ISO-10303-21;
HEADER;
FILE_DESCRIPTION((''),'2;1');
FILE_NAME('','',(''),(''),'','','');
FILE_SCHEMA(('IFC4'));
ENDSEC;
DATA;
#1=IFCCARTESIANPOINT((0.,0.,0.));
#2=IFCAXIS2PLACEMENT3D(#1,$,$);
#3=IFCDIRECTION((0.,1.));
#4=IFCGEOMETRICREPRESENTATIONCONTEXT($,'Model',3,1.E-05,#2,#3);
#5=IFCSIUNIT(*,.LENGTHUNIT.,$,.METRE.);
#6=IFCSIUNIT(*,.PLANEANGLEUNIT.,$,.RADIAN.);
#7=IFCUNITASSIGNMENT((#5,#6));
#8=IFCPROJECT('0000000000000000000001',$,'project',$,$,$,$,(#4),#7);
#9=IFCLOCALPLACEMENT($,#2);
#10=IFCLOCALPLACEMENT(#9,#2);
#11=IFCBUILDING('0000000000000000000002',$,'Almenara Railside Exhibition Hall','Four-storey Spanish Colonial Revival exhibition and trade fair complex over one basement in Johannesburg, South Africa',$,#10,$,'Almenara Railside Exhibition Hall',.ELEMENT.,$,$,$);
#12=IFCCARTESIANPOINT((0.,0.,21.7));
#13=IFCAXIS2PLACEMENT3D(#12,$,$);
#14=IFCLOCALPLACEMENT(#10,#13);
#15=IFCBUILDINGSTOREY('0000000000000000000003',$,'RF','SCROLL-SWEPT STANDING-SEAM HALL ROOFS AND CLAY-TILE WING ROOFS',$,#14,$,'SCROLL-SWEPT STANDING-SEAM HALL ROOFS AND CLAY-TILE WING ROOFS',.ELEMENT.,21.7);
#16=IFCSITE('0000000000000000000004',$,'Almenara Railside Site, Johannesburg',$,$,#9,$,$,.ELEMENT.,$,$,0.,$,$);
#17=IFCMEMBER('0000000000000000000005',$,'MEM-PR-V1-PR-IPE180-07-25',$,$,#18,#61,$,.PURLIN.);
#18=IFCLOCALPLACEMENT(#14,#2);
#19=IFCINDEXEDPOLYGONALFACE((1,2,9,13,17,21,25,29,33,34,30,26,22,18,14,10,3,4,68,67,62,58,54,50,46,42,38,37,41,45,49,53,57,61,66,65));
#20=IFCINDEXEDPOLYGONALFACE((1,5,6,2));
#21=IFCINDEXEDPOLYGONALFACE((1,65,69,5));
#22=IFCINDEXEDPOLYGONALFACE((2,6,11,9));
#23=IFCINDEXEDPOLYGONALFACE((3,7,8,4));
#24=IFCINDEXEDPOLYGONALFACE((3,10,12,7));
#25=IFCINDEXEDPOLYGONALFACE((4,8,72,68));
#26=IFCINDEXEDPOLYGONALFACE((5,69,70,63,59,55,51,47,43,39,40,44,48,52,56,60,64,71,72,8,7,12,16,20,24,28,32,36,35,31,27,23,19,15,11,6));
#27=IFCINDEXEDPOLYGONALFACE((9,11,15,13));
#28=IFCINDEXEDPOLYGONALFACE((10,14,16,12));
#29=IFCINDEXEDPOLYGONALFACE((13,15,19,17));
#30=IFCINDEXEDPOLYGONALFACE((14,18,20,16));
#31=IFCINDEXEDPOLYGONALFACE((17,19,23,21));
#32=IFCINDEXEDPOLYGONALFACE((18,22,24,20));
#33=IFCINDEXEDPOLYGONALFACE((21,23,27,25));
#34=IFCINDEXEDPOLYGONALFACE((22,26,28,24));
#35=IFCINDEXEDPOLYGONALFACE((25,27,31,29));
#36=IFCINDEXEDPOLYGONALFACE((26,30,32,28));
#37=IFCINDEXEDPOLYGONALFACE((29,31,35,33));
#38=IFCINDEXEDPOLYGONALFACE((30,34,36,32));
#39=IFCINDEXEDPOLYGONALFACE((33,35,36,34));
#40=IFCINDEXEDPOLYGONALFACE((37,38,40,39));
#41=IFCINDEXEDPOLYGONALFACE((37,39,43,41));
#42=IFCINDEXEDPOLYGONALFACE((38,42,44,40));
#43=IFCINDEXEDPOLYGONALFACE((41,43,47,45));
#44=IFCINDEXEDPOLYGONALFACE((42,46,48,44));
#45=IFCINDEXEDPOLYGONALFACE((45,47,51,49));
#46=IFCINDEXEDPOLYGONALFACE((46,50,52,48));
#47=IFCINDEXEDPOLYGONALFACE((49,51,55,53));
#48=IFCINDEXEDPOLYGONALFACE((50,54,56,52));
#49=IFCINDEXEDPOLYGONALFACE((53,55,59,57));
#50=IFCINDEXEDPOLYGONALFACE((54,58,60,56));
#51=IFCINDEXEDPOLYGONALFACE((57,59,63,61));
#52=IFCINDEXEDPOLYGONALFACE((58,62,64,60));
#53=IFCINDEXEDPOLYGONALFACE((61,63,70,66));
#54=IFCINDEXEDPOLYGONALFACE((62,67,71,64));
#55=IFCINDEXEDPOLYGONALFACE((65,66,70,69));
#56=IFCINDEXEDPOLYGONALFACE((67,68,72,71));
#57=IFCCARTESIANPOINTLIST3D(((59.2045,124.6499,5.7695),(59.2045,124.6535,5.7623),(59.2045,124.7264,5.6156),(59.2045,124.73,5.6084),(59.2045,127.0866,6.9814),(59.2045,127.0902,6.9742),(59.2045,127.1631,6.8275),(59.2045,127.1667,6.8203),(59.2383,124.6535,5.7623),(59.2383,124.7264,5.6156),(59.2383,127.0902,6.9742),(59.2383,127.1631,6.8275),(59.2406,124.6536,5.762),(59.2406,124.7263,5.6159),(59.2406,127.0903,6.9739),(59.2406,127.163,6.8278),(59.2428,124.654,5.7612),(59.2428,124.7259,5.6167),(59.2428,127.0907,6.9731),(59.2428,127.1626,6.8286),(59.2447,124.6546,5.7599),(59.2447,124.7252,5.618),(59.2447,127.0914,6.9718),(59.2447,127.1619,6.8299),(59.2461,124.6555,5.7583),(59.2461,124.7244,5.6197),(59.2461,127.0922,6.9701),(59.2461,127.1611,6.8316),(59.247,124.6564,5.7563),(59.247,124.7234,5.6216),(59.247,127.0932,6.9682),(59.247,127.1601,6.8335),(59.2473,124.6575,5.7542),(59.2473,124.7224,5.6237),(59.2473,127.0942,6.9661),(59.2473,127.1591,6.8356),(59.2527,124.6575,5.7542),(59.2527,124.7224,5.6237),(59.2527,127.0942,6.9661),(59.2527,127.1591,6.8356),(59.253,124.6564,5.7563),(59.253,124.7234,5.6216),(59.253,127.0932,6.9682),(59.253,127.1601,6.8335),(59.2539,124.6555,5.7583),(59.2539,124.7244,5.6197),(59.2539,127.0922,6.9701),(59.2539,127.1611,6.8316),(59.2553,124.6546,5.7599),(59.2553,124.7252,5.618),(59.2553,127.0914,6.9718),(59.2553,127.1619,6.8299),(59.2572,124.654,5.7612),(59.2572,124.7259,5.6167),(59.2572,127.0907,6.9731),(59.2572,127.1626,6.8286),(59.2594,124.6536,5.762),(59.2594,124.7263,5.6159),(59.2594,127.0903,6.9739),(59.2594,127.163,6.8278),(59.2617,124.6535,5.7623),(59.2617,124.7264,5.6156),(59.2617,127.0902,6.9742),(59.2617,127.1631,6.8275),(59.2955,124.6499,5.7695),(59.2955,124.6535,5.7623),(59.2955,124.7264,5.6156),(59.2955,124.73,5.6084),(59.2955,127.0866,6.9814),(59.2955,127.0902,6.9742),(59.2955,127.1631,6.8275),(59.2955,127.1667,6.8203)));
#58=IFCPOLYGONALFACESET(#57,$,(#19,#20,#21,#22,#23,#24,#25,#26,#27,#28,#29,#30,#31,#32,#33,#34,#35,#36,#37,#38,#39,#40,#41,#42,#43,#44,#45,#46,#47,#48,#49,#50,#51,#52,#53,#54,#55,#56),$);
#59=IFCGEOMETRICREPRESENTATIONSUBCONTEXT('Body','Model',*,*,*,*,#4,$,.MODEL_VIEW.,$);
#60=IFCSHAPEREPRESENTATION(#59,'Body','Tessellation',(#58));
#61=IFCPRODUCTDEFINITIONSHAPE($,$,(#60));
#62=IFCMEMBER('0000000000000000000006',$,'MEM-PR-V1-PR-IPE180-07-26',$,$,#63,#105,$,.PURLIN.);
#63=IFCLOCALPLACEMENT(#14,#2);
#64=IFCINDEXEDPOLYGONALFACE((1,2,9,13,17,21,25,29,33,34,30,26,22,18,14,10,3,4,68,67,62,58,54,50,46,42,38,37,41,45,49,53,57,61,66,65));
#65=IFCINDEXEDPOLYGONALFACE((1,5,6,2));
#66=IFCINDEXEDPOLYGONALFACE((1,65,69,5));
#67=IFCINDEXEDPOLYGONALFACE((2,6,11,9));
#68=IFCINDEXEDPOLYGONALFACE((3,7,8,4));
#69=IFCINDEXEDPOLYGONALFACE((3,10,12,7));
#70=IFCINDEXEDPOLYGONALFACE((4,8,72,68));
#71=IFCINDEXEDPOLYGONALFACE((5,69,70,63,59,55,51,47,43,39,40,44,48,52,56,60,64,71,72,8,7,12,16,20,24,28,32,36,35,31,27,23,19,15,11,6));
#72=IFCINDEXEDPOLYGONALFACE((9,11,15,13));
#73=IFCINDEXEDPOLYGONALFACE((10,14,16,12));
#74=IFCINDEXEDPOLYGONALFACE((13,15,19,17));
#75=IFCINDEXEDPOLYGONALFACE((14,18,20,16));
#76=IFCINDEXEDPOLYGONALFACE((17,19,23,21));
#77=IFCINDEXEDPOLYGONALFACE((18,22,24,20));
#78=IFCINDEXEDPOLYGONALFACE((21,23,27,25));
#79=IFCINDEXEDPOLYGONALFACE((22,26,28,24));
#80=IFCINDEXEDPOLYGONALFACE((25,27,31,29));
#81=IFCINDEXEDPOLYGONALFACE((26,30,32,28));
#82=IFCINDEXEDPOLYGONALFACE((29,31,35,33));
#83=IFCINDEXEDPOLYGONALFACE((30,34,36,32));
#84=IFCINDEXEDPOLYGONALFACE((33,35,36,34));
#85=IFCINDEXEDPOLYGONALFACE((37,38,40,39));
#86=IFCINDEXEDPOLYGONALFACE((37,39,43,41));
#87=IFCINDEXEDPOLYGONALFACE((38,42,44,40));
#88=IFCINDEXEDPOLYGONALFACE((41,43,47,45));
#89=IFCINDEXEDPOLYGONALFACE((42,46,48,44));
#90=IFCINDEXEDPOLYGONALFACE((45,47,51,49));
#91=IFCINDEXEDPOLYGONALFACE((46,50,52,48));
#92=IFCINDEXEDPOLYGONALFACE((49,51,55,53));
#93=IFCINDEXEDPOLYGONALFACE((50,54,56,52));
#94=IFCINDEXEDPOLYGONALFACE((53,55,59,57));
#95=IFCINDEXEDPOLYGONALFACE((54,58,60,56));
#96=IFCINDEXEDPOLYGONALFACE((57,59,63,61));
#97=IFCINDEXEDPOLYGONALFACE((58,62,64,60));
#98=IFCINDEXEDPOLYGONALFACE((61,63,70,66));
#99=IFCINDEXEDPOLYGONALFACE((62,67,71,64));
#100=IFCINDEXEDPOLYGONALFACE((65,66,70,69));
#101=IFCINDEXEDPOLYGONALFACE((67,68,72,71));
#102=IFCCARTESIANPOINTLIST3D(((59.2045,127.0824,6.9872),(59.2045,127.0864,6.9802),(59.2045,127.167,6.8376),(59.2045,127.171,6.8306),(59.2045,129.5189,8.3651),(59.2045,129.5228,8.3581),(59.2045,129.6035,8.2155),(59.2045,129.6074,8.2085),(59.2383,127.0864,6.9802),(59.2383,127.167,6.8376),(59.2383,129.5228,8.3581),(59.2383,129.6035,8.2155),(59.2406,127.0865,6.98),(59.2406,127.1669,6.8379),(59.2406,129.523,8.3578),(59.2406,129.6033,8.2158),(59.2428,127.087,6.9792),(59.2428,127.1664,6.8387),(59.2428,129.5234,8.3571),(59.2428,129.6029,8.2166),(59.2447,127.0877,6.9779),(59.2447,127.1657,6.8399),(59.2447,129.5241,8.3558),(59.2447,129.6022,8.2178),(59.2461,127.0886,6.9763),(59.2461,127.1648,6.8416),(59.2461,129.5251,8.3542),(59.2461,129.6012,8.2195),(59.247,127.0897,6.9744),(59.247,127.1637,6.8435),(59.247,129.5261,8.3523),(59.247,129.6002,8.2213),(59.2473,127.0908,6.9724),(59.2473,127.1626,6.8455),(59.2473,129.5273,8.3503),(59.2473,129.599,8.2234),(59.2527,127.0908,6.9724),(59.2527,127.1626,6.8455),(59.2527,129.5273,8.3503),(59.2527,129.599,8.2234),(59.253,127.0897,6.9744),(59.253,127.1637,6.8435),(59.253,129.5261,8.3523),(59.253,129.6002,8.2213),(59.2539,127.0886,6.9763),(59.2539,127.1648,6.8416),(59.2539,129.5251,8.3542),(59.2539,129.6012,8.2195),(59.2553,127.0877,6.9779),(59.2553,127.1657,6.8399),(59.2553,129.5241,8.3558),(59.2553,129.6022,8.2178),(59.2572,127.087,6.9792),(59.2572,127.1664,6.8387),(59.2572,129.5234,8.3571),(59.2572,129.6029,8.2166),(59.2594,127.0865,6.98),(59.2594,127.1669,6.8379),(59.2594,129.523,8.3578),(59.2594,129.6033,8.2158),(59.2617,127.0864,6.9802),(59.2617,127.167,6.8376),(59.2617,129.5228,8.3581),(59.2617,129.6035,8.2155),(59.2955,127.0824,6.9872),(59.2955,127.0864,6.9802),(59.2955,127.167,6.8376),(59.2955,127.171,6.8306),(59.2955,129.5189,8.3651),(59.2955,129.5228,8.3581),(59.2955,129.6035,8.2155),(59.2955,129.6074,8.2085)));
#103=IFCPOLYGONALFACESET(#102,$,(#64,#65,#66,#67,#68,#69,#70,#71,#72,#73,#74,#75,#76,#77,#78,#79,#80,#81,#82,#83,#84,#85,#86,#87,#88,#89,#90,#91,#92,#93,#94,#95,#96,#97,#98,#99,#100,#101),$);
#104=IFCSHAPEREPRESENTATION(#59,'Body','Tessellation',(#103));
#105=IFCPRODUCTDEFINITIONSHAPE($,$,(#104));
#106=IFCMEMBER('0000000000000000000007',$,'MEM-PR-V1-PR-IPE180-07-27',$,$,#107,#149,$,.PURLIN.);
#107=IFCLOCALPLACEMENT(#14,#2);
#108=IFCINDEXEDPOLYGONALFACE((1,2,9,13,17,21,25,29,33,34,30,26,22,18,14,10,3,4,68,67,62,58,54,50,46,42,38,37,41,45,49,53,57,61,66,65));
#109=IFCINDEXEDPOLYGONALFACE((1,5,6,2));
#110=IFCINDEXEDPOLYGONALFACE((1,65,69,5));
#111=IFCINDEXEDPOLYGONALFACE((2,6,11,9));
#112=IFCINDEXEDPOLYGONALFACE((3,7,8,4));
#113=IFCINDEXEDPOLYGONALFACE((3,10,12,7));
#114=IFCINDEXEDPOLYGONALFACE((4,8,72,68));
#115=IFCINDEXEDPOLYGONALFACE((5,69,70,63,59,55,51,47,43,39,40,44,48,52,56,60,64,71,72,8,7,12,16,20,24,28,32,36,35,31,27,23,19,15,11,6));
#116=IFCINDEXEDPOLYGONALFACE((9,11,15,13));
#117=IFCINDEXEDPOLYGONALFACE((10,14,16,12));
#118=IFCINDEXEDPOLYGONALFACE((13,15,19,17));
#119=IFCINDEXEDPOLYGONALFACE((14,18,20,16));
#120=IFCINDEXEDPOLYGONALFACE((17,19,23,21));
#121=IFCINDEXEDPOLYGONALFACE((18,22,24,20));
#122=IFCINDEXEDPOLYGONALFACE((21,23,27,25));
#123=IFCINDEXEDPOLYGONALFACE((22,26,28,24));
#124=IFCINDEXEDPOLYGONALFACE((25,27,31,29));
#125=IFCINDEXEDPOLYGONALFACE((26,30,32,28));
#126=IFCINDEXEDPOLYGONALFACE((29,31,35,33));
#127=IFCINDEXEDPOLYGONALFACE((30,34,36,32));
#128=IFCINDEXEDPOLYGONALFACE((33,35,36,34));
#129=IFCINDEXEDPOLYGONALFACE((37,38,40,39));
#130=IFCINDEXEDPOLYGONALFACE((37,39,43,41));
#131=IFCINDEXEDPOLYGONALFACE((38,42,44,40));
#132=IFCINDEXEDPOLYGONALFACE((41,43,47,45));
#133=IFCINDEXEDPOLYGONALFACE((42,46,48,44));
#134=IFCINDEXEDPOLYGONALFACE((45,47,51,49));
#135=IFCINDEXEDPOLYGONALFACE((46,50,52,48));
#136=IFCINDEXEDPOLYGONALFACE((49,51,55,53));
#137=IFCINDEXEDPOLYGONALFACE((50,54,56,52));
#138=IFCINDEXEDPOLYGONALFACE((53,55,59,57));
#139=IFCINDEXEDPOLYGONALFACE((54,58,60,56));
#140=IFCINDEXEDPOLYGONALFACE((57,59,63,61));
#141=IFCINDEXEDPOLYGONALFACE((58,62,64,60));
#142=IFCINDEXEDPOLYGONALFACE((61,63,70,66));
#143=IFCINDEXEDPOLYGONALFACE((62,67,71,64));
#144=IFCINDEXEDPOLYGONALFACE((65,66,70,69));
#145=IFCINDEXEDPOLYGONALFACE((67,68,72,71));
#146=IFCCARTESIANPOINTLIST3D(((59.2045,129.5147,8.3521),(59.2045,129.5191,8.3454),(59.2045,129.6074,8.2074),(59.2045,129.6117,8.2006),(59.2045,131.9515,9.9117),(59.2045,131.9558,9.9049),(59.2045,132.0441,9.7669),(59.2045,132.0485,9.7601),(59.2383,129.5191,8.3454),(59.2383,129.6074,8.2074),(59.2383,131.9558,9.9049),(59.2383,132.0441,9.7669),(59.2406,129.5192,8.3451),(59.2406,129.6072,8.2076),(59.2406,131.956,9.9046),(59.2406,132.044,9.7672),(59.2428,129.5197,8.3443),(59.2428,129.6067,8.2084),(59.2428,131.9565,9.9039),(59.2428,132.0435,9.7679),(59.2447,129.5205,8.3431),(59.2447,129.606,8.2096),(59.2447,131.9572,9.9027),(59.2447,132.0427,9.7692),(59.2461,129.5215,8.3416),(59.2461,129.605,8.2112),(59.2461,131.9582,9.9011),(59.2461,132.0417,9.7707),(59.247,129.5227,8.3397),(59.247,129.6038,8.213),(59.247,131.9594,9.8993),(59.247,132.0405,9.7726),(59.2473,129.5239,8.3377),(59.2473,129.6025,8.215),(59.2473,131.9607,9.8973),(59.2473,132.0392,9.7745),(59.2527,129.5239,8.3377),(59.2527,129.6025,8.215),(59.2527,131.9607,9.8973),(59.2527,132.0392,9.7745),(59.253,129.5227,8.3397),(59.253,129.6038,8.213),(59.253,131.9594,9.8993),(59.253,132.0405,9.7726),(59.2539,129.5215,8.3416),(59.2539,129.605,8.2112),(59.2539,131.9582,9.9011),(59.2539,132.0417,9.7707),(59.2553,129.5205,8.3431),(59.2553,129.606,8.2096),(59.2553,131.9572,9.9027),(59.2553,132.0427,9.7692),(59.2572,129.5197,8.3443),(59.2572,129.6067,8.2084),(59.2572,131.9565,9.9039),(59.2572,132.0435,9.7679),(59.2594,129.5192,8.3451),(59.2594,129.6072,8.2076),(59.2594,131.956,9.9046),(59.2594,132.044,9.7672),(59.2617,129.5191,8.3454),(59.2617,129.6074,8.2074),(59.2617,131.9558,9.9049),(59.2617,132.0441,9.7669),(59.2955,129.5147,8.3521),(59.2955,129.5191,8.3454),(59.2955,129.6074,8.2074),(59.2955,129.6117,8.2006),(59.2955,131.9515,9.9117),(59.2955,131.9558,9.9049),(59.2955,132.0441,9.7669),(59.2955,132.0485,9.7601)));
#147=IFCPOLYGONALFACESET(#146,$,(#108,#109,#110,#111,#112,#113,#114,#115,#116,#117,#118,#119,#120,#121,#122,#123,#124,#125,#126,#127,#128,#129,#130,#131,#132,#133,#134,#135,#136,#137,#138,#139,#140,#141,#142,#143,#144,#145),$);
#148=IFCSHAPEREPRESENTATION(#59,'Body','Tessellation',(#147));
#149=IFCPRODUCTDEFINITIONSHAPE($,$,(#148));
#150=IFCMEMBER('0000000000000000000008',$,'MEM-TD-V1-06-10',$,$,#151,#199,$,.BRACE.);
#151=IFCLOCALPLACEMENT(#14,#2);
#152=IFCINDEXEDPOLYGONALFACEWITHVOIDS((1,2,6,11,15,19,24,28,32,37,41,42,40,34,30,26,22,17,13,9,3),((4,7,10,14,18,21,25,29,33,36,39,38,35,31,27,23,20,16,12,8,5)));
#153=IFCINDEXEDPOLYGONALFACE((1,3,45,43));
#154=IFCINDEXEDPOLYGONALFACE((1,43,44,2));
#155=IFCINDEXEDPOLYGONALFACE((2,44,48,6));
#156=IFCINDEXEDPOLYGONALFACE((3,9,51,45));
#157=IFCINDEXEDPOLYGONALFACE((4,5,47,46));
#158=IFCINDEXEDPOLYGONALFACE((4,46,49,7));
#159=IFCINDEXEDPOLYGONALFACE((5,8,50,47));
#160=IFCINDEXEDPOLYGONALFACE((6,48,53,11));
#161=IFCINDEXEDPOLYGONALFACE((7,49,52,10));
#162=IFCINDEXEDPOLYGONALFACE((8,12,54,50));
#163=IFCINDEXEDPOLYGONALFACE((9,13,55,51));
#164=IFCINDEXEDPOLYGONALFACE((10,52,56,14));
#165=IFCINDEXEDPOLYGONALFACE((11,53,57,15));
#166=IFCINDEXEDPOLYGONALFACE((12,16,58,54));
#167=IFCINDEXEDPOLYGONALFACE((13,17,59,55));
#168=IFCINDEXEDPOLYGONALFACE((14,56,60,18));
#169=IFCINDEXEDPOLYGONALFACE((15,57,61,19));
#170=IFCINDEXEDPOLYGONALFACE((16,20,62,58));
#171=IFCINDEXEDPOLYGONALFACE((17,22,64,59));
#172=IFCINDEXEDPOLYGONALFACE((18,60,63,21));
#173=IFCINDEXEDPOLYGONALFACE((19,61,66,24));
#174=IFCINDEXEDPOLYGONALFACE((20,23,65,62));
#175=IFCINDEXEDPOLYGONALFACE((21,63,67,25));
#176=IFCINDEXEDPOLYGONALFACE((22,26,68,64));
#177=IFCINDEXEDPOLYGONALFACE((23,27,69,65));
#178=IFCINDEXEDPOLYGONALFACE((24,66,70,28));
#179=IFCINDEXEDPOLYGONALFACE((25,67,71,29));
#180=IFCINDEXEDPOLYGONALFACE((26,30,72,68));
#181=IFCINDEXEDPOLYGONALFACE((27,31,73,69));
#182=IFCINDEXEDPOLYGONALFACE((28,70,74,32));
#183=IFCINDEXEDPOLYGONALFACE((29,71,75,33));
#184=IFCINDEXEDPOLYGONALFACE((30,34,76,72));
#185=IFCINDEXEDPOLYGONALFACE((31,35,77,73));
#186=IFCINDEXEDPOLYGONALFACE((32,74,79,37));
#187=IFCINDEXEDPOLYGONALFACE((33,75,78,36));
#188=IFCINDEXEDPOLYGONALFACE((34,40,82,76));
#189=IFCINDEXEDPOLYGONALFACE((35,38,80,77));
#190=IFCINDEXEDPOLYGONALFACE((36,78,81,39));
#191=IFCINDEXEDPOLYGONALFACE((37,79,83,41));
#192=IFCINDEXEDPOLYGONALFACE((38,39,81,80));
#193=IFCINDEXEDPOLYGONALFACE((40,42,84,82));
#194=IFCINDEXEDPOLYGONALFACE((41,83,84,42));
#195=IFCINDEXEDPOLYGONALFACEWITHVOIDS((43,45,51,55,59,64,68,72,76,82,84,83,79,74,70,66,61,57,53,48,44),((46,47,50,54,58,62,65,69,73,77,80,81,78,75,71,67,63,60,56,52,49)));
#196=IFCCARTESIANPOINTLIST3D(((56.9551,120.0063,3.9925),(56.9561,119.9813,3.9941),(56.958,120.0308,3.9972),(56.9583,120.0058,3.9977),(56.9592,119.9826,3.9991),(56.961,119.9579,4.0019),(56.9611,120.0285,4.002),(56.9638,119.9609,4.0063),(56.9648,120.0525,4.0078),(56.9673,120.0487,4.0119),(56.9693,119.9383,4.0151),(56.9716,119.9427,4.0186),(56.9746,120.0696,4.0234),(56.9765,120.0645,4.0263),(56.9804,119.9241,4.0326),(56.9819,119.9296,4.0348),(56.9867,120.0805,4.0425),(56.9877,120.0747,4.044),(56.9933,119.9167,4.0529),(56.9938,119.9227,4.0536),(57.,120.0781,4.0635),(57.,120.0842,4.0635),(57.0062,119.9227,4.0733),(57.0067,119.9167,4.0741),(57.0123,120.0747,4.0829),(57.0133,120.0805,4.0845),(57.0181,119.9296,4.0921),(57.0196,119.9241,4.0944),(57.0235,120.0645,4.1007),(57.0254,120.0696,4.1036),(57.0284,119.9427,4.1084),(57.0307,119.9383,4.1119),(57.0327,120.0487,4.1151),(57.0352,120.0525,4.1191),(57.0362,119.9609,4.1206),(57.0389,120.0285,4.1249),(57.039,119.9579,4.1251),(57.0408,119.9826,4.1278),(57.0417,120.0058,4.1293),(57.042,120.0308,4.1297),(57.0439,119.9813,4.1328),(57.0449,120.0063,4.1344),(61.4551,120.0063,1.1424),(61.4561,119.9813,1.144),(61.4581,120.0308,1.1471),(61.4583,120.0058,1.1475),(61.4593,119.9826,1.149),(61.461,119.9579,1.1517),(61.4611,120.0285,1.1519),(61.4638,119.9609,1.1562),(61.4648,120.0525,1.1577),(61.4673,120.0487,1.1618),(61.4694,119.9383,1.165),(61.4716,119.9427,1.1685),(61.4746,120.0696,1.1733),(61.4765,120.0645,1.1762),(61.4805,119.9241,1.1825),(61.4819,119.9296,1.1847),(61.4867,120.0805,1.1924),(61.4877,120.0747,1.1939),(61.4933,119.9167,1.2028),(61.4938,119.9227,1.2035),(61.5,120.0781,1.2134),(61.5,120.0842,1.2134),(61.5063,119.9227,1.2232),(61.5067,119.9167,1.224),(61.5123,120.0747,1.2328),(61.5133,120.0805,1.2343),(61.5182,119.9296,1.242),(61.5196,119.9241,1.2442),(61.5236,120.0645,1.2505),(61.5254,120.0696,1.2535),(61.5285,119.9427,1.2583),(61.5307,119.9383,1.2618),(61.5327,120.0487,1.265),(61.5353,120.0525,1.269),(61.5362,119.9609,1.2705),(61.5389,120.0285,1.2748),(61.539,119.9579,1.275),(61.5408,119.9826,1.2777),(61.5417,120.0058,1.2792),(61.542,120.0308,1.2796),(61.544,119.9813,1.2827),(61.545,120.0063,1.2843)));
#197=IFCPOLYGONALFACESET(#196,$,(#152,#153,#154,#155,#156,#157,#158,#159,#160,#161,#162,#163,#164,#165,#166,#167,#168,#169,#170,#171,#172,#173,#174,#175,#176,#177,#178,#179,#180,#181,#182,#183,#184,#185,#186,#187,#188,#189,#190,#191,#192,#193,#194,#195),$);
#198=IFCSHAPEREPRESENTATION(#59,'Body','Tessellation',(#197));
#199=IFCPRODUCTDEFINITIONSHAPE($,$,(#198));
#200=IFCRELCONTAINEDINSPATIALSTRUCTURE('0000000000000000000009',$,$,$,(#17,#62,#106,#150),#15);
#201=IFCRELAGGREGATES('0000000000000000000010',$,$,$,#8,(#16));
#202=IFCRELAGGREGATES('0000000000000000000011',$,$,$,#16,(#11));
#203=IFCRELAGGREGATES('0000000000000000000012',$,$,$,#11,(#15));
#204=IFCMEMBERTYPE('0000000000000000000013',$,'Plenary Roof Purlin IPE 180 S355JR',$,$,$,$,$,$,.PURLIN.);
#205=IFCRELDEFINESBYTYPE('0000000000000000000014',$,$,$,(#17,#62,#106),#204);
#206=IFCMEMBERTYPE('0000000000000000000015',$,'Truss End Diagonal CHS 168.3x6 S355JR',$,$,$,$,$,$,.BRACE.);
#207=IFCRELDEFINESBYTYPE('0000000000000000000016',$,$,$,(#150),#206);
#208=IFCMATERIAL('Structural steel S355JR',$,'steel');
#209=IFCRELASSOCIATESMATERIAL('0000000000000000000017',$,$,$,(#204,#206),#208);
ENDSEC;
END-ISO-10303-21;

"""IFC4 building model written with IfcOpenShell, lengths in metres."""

from ifc_helpers import new_model, si_unit, direction, frame, origin, origin_2d, place, context, subcontext, project, spatial, hollow_circle, i_section, extrude, material, material_profile, profile_set, type_object, element, save


model = new_model("IFC4")

# Units and contexts
model_context = context("Model", 3, precision=1e-05, world=origin(), true_north=direction((0.0, 1.0)))
body_context = subcontext(model_context, "Body", "Model", "MODEL_VIEW")
ifc_project = project(units=[si_unit("LENGTHUNIT", "METRE"), si_unit("PLANEANGLEUNIT", "RADIAN")], contexts=[model_context])

# Site, building, storey
site_placement = place(None, origin())
site = spatial("IfcSite", under=ifc_project, at=site_placement, Name="Almenara Railside Site, Johannesburg", CompositionType="ELEMENT", RefElevation=0.0)
building_placement = place(site_placement, origin())
building = spatial("IfcBuilding", under=site, at=building_placement, Name="Almenara Railside Exhibition Hall", Description="Four-storey Spanish Colonial Revival exhibition and trade fair complex over one basement in Johannesburg, South Africa", LongName="Almenara Railside Exhibition Hall", CompositionType="ELEMENT")
storey_placement = place(building_placement, frame((0.0, 0.0, 21.7)))
storey = spatial("IfcBuildingStorey", under=building, at=storey_placement, Name="RF", Description="SCROLL-SWEPT STANDING-SEAM HALL ROOFS AND CLAY-TILE WING ROOFS", LongName="SCROLL-SWEPT STANDING-SEAM HALL ROOFS AND CLAY-TILE WING ROOFS", CompositionType="ELEMENT", Elevation=21.7)

# Shared definitions
ifc_material_1 = material(Name="Structural steel S355JR", Category="steel")

# Members
ifc_material_profile_1 = material_profile(ifc_material_1, i_section(OverallWidth=0.0911, OverallDepth=0.1799, WebThickness=0.0054, FlangeThickness=0.0081, FilletRadius=0.009, at=origin_2d()), Name="IPE 180")
ifc_profile_set_1 = profile_set([ifc_material_profile_1], Name="Structural steel S355JR")
member_type_1 = type_object("IfcMemberType", Name="Plenary Roof Purlin IPE 180 S355JR", PredefinedType="PURLIN", material=ifc_profile_set_1)
member_1_placement = place(storey_placement, frame((59.25, 124.6899, 5.689), z_axis=(0.0, 0.895376, 0.445311), x_axis=(-1.0, 0.0, 0.0)))
element("IfcMember", 1, at=member_1_placement, inside=storey, type_object=member_type_1, Name="MEM-PR-V1-PR-IPE180-07-25", PredefinedType="PURLIN", context=body_context, shape_type="SweptSolid", body=[
    extrude(i_section(OverallWidth=0.0911, OverallDepth=0.1799, WebThickness=0.0054, FlangeThickness=0.0081, FilletRadius=0.009, at=origin_2d()), origin(), (0.0, 0.0, 1.0), 2.7214),
])
member_2_placement = place(storey_placement, frame((59.25, 127.1267, 6.9089), z_axis=(0.0, 0.870446, 0.492264), x_axis=(-1.0, 0.0, 0.0)))
element("IfcMember", 2, at=member_2_placement, inside=storey, type_object=member_type_1, Name="MEM-PR-V1-PR-IPE180-07-26", PredefinedType="PURLIN", context=body_context, shape_type="SweptSolid", body=[
    extrude(i_section(OverallWidth=0.0911, OverallDepth=0.1799, WebThickness=0.0054, FlangeThickness=0.0081, FilletRadius=0.009, at=origin_2d()), origin(), (0.0, 0.0, 1.0), 2.7991),
])
member_3_placement = place(storey_placement, frame((59.25, 129.5632, 8.2764), z_axis=(0.0, 0.842265, 0.539063), x_axis=(-1.0, 0.0, 0.0)))
element("IfcMember", 3, at=member_3_placement, inside=storey, type_object=member_type_1, Name="MEM-PR-V1-PR-IPE180-07-27", PredefinedType="PURLIN", context=body_context, shape_type="SweptSolid", body=[
    extrude(i_section(OverallWidth=0.0911, OverallDepth=0.1799, WebThickness=0.0054, FlangeThickness=0.0081, FilletRadius=0.009, at=origin_2d()), origin(), (0.0, 0.0, 1.0), 2.8931),
])
ifc_material_profile_2 = material_profile(ifc_material_1, hollow_circle(Radius=0.0842, WallThickness=0.0061, at=origin_2d()), Name="CHS 168.3x6")
ifc_profile_set_2 = profile_set([ifc_material_profile_2], Name="Structural steel S355JR")
member_type_2 = type_object("IfcMemberType", Name="Truss End Diagonal CHS 168.3x6 S355JR", PredefinedType="BRACE", material=ifc_profile_set_2)
member_4_placement = place(storey_placement, frame((57.0, 120.0, 4.0635), z_axis=(0.844811, 0.0, -0.535065), x_axis=(0.0, 1.0, 0.0)))
element("IfcMember", 4, at=member_4_placement, inside=storey, type_object=member_type_2, Name="MEM-TD-V1-06-10", PredefinedType="BRACE", context=body_context, shape_type="SweptSolid", body=[
    extrude(hollow_circle(Radius=0.0842, WallThickness=0.0061, at=origin_2d()), origin(), (0.0, 0.0, 1.0), 5.3267),
])

save(model, "model.ifc")
